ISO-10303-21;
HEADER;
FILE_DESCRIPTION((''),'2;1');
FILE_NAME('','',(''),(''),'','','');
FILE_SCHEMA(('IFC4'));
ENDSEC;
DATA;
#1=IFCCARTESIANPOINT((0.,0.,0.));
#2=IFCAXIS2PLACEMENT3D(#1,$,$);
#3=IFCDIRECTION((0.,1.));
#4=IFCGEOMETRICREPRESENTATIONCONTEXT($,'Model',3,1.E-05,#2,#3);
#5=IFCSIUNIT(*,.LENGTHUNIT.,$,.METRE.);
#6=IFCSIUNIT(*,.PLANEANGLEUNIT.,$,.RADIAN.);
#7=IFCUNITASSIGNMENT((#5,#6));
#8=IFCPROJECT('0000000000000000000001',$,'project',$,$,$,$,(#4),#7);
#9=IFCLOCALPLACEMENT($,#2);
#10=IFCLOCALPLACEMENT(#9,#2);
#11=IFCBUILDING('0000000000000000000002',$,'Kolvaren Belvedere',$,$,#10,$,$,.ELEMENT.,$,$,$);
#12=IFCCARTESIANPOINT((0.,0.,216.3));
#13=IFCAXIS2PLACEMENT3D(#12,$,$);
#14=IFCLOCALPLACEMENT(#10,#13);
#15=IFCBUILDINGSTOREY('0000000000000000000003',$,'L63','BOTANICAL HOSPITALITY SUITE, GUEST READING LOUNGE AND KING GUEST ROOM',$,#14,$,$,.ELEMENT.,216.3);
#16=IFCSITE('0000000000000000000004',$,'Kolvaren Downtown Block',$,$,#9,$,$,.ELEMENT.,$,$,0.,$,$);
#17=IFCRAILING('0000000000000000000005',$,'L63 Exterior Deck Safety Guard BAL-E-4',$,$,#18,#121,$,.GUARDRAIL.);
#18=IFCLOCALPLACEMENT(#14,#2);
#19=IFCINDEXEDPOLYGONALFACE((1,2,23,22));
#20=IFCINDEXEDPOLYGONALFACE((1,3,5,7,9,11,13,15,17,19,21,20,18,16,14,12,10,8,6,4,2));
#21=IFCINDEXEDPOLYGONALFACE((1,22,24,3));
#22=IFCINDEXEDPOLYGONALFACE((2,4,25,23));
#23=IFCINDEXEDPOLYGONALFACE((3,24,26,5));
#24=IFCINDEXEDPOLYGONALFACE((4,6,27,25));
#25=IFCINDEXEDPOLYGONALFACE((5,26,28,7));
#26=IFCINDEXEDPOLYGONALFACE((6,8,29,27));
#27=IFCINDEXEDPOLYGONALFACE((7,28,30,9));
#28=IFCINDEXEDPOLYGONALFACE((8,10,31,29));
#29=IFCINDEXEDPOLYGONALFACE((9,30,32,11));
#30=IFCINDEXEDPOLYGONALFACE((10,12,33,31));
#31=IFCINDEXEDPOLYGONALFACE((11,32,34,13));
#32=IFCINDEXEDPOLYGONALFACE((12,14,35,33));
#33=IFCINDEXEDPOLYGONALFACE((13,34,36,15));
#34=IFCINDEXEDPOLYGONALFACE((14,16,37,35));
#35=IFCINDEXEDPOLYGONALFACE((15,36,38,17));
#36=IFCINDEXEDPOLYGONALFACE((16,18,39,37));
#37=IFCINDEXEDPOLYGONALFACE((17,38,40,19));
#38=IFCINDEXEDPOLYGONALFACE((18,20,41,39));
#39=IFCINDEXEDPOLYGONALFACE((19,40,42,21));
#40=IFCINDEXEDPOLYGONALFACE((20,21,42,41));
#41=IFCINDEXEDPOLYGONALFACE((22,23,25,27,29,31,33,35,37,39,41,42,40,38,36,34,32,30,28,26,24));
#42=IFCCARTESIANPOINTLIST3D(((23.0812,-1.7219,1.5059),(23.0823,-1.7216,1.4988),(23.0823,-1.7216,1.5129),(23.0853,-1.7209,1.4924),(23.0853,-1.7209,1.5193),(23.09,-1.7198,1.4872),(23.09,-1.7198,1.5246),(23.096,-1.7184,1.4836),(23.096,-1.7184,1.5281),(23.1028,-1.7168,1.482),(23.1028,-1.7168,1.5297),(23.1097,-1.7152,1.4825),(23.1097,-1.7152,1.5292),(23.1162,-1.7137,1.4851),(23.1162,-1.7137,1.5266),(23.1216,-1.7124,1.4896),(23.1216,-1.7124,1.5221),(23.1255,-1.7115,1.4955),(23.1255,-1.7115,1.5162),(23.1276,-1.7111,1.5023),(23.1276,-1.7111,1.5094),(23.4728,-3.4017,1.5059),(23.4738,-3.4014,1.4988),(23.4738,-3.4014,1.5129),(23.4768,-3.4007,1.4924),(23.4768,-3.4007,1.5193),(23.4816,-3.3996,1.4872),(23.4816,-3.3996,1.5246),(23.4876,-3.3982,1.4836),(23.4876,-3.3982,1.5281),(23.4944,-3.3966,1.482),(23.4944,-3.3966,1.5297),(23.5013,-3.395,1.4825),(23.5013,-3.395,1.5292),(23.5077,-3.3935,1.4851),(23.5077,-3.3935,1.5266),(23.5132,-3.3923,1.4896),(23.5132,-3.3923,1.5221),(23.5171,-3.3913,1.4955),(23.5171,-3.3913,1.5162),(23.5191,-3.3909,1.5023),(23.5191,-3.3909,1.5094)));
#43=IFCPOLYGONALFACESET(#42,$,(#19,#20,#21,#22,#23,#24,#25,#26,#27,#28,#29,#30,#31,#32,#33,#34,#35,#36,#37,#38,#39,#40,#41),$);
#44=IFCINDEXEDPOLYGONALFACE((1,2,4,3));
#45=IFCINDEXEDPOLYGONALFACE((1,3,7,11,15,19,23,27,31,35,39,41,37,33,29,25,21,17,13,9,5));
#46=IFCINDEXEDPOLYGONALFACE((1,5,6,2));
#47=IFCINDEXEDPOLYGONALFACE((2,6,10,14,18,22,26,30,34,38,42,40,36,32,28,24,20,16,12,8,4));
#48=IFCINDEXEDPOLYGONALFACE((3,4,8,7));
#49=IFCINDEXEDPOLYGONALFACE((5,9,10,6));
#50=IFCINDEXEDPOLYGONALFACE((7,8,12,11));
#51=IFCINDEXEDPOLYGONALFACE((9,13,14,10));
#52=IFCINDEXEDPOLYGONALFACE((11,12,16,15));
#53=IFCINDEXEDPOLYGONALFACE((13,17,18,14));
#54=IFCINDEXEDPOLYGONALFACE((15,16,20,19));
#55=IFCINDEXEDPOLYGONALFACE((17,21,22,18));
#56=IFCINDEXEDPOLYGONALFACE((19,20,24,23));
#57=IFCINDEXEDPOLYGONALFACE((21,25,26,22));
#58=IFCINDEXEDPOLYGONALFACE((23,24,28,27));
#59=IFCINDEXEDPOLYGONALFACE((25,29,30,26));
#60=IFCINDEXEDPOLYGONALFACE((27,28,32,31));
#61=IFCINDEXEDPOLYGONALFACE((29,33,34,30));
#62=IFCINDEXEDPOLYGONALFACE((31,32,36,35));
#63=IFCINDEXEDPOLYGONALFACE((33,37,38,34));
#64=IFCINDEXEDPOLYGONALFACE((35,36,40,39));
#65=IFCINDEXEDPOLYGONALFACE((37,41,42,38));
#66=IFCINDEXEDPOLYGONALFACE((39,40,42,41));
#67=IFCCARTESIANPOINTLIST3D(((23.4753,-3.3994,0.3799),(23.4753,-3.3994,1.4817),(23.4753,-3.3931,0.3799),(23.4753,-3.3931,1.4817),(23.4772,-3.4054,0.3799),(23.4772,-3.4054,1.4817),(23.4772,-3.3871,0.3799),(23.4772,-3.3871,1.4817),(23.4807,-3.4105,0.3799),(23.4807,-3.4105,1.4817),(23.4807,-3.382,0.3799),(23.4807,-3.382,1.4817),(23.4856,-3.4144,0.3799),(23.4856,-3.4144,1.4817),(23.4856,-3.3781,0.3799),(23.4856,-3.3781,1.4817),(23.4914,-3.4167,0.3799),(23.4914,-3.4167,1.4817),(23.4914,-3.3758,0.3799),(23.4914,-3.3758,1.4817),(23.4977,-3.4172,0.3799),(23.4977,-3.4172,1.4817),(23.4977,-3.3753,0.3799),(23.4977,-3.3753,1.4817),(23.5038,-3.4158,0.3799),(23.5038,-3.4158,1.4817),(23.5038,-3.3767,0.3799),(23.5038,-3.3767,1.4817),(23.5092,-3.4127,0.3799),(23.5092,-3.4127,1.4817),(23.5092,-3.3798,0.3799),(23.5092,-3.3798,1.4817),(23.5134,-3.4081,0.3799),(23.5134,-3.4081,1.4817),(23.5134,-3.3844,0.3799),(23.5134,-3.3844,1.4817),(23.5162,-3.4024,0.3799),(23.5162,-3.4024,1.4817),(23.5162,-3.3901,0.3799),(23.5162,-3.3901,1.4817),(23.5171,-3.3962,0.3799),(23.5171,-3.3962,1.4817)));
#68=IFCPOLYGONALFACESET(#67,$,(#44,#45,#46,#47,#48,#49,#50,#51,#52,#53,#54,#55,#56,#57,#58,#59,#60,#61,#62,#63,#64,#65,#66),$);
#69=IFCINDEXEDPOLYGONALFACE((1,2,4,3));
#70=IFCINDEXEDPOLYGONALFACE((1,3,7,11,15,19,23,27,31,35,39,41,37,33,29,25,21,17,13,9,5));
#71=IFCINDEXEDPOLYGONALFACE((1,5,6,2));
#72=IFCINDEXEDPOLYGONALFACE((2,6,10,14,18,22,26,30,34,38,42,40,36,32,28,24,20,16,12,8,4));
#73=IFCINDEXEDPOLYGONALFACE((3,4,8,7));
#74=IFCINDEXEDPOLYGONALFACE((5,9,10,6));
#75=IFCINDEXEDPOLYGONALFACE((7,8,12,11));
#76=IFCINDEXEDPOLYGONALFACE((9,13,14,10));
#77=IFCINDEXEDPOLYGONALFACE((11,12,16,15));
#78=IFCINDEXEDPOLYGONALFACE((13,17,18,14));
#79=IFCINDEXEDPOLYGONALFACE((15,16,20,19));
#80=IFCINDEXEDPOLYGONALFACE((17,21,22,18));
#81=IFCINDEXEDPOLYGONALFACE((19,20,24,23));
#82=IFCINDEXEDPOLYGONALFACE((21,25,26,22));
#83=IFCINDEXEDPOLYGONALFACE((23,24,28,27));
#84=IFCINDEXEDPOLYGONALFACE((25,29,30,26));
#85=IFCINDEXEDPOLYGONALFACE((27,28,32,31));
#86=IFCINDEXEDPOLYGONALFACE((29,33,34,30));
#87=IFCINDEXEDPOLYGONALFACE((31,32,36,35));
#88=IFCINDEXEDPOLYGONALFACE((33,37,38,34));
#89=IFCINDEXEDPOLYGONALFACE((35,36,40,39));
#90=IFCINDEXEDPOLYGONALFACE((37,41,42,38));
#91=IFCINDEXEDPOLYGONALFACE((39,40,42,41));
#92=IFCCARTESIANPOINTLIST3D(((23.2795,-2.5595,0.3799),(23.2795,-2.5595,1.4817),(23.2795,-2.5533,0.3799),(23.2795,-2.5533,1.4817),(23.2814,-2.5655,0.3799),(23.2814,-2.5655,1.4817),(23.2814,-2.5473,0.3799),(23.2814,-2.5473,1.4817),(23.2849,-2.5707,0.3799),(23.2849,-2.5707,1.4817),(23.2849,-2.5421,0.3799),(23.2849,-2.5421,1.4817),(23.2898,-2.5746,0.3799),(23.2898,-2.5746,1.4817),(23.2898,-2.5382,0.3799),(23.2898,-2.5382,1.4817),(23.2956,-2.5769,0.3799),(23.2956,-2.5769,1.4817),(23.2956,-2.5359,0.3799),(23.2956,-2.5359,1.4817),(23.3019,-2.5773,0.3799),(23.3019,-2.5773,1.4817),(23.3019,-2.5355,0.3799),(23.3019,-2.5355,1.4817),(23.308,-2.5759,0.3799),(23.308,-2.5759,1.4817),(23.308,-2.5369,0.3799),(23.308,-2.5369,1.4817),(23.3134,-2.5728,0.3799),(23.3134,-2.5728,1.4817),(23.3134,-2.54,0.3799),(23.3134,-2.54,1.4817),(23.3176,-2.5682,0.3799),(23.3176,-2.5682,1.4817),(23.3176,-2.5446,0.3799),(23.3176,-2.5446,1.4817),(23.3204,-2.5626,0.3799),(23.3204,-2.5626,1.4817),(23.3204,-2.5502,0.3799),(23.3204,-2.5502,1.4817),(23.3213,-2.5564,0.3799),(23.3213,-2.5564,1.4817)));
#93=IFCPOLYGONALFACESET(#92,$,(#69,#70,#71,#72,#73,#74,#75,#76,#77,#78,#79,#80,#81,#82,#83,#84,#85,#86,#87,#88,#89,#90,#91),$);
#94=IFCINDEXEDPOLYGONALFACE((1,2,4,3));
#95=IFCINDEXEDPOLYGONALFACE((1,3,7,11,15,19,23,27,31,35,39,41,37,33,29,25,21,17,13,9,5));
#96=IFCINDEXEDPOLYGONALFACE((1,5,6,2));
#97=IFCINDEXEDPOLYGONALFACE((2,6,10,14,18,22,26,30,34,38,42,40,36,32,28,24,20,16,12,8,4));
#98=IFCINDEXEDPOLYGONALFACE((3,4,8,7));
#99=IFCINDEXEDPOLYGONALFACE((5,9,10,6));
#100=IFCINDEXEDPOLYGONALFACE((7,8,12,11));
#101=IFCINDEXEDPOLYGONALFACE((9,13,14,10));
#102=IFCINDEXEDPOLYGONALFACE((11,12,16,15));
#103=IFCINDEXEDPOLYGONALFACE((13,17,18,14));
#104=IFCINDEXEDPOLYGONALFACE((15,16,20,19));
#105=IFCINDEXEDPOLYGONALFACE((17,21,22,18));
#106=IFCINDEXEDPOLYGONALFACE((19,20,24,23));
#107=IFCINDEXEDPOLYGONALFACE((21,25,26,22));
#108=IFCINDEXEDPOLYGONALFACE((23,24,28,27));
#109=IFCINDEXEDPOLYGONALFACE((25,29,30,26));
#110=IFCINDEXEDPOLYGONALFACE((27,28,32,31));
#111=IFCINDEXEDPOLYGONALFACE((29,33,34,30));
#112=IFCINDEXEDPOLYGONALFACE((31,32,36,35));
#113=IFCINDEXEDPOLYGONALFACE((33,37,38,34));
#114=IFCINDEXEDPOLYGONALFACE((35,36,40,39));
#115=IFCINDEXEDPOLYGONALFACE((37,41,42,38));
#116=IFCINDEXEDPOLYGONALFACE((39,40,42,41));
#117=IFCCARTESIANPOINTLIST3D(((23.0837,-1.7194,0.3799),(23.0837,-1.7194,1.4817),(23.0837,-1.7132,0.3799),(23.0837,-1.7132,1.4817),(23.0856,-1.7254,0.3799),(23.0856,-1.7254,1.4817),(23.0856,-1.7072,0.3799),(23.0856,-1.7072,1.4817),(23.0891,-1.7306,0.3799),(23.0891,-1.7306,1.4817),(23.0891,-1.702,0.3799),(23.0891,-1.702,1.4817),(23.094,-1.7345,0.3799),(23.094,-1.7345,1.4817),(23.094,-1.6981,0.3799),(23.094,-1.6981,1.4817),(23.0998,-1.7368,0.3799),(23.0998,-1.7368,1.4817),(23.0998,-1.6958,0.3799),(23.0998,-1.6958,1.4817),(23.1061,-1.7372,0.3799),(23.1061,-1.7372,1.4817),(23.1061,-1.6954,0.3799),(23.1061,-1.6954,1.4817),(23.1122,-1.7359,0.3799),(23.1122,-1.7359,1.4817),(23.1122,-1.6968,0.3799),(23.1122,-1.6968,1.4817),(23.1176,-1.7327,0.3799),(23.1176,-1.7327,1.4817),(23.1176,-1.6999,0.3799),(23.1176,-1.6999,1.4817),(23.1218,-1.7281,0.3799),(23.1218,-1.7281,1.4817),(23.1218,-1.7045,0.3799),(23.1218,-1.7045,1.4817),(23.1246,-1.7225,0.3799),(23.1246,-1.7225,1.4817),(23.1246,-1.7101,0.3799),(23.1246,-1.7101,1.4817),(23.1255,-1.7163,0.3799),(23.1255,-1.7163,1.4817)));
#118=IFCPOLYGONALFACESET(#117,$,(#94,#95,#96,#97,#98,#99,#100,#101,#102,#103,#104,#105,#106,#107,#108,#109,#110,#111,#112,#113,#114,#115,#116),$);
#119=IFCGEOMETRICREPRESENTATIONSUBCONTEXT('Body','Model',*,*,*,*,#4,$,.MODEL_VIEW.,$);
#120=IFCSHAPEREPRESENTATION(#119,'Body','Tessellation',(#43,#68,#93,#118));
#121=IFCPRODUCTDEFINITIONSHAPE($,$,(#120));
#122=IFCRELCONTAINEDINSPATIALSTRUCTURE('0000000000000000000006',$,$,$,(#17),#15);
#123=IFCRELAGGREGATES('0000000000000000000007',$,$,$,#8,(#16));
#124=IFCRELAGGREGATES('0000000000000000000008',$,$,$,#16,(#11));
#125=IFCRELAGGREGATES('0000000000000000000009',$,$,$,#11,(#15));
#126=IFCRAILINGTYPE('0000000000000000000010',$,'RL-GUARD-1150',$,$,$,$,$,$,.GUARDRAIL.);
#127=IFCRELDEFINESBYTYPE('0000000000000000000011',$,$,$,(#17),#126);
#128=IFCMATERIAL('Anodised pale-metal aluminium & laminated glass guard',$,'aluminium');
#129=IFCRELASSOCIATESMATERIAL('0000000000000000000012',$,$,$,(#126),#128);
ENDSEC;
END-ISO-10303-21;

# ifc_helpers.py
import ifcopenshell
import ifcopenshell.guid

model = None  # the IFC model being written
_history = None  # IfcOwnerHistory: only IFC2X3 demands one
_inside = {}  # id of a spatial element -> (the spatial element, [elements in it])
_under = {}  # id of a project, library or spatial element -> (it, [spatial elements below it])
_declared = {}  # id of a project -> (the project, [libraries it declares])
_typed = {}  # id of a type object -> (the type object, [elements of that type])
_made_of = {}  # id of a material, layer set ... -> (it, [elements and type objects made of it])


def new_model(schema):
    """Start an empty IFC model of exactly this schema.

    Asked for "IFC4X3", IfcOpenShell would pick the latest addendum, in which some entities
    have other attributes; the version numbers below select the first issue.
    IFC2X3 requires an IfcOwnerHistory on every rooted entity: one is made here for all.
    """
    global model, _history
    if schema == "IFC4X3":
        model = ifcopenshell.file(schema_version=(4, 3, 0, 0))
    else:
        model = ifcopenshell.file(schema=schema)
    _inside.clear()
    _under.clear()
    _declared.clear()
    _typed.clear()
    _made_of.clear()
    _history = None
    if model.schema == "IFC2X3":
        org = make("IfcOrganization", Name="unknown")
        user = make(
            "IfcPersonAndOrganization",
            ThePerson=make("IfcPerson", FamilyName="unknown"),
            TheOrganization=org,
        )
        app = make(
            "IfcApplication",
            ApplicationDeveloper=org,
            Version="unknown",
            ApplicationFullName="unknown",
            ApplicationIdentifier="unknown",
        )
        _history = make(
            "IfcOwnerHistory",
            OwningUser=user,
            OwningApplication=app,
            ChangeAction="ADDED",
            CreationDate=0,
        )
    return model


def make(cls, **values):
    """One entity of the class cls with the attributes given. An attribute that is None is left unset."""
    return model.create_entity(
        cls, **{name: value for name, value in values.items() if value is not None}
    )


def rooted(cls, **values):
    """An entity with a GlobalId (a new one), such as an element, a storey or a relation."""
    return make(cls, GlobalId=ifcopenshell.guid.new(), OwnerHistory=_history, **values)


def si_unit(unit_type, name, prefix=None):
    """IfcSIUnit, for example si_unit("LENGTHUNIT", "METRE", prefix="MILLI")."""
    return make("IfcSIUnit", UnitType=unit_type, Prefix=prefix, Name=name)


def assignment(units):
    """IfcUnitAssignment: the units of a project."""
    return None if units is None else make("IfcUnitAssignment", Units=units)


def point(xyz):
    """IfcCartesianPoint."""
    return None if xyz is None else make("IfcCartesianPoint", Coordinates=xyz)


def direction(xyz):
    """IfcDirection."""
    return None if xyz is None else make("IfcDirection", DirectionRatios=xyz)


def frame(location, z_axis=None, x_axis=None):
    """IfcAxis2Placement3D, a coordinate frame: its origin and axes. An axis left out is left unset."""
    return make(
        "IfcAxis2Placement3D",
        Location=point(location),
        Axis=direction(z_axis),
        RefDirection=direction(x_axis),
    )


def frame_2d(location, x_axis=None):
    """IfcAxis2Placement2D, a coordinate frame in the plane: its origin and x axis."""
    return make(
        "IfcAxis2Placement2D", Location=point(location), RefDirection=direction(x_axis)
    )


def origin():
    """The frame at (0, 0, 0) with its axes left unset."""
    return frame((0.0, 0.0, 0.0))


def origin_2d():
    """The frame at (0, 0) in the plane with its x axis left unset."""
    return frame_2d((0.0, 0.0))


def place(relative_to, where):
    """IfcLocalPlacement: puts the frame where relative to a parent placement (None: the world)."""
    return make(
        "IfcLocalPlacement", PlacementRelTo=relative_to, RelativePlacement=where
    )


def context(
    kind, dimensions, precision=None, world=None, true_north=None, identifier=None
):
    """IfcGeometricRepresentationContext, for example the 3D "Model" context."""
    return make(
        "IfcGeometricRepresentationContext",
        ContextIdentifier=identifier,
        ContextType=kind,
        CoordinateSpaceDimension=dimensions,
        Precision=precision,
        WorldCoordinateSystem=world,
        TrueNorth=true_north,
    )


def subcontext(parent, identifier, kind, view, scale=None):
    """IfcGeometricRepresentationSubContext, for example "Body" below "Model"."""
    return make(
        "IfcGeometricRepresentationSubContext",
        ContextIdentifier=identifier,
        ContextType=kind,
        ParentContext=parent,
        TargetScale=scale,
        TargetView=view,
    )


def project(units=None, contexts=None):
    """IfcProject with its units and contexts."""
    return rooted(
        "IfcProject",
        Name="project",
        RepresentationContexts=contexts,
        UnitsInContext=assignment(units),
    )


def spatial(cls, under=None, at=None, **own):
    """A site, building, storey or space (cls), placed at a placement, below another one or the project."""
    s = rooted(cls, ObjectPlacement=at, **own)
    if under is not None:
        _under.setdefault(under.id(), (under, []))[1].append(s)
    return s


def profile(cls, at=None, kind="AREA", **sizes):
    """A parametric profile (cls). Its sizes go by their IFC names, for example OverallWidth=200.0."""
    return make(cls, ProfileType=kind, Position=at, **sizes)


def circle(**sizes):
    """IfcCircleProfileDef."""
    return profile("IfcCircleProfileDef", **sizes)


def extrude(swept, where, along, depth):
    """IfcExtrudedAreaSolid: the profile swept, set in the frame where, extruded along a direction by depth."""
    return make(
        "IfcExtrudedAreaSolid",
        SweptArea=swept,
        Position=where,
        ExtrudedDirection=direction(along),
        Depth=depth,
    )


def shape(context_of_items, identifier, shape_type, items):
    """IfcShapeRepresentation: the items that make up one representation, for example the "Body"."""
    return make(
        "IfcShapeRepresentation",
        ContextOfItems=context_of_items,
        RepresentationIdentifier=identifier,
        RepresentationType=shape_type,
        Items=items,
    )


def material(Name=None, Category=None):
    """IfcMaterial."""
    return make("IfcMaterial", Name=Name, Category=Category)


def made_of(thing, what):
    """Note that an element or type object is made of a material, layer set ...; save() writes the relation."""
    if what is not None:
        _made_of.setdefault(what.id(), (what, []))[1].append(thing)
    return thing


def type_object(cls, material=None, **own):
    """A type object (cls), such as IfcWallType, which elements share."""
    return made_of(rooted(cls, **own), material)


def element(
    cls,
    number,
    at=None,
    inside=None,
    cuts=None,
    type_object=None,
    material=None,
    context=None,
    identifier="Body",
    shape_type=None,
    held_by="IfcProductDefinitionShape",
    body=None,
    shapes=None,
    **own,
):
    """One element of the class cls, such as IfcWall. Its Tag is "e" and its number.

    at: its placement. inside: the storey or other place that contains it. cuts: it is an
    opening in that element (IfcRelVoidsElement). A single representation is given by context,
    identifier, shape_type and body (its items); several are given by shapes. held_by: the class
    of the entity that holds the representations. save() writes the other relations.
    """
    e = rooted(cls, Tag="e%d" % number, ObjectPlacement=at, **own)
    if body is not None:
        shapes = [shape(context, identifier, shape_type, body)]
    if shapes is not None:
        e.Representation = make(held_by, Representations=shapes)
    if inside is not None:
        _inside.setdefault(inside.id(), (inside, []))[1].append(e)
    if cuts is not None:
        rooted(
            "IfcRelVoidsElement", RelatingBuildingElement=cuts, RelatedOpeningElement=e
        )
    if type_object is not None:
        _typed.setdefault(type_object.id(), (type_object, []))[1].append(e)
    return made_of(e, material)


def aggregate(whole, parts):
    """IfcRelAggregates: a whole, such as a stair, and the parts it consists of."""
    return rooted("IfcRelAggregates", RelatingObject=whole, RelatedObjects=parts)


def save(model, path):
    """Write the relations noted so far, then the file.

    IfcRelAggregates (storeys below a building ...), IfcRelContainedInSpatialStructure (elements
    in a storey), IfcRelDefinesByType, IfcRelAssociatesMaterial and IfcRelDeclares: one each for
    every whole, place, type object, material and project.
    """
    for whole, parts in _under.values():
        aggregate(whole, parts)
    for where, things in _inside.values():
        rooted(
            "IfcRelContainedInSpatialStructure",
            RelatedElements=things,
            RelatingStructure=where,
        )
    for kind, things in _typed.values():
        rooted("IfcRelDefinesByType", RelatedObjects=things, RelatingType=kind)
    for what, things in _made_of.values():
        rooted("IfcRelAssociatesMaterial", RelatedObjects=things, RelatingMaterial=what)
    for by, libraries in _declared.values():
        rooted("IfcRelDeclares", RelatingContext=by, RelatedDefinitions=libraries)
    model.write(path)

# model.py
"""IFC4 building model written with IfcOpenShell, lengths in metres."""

from ifc_helpers import new_model, si_unit, direction, frame, origin, origin_2d, place, context, subcontext, project, spatial, circle, extrude, material, type_object, element, save


model = new_model("IFC4")

# Units and contexts
model_context = context("Model", 3, precision=1e-05, world=origin(), true_north=direction((0.0, 1.0)))
body_context = subcontext(model_context, "Body", "Model", "MODEL_VIEW")
ifc_project = project(units=[si_unit("LENGTHUNIT", "METRE"), si_unit("PLANEANGLEUNIT", "RADIAN")], contexts=[model_context])

# Site, building, storey
site_placement = place(None, origin())
site = spatial("IfcSite", under=ifc_project, at=site_placement, Name="Kolvaren Downtown Block", CompositionType="ELEMENT", RefElevation=0.0)
building_placement = place(site_placement, origin())
building = spatial("IfcBuilding", under=site, at=building_placement, Name="Kolvaren Belvedere", CompositionType="ELEMENT")
storey_placement = place(building_placement, frame((0.0, 0.0, 216.3)))
storey = spatial("IfcBuildingStorey", under=building, at=storey_placement, Name="L63", Description="BOTANICAL HOSPITALITY SUITE, GUEST READING LOUNGE AND KING GUEST ROOM", CompositionType="ELEMENT", Elevation=216.3)

# Railing
ifc_material_1 = material(Name="Anodised pale-metal aluminium & laminated glass guard", Category="aluminium")
railing_type = type_object("IfcRailingType", Name="RL-GUARD-1150", PredefinedType="GUARDRAIL", material=ifc_material_1)
railing_1_placement = place(storey_placement, frame((23.4961, -3.3962, 0.3799)))
element("IfcRailing", 1, at=railing_1_placement, inside=storey, type_object=railing_type, Name="L63 Exterior Deck Safety Guard BAL-E-4", PredefinedType="GUARDRAIL", context=body_context, shape_type="SweptSolid", body=[
    extrude(circle(Radius=0.0239, at=origin_2d()), frame((0.0, 0.0, 1.126), z_axis=(-0.227019, 0.97389, 0.0), x_axis=(-0.97389, -0.227019, 0.0)), (0.0, 0.0, 1.0), 1.7249),
    extrude(circle(Radius=0.021, at=origin_2d()), origin(), (0.0, 0.0, 1.0), 1.1018),
    extrude(circle(Radius=0.021, at=origin_2d()), frame((-0.1958, 0.8398, 0.0)), (0.0, 0.0, 1.0), 1.1018),
    extrude(circle(Radius=0.021, at=origin_2d()), frame((-0.3916, 1.6799, 0.0)), (0.0, 0.0, 1.0), 1.1018),
])

save(model, "model.ifc")
